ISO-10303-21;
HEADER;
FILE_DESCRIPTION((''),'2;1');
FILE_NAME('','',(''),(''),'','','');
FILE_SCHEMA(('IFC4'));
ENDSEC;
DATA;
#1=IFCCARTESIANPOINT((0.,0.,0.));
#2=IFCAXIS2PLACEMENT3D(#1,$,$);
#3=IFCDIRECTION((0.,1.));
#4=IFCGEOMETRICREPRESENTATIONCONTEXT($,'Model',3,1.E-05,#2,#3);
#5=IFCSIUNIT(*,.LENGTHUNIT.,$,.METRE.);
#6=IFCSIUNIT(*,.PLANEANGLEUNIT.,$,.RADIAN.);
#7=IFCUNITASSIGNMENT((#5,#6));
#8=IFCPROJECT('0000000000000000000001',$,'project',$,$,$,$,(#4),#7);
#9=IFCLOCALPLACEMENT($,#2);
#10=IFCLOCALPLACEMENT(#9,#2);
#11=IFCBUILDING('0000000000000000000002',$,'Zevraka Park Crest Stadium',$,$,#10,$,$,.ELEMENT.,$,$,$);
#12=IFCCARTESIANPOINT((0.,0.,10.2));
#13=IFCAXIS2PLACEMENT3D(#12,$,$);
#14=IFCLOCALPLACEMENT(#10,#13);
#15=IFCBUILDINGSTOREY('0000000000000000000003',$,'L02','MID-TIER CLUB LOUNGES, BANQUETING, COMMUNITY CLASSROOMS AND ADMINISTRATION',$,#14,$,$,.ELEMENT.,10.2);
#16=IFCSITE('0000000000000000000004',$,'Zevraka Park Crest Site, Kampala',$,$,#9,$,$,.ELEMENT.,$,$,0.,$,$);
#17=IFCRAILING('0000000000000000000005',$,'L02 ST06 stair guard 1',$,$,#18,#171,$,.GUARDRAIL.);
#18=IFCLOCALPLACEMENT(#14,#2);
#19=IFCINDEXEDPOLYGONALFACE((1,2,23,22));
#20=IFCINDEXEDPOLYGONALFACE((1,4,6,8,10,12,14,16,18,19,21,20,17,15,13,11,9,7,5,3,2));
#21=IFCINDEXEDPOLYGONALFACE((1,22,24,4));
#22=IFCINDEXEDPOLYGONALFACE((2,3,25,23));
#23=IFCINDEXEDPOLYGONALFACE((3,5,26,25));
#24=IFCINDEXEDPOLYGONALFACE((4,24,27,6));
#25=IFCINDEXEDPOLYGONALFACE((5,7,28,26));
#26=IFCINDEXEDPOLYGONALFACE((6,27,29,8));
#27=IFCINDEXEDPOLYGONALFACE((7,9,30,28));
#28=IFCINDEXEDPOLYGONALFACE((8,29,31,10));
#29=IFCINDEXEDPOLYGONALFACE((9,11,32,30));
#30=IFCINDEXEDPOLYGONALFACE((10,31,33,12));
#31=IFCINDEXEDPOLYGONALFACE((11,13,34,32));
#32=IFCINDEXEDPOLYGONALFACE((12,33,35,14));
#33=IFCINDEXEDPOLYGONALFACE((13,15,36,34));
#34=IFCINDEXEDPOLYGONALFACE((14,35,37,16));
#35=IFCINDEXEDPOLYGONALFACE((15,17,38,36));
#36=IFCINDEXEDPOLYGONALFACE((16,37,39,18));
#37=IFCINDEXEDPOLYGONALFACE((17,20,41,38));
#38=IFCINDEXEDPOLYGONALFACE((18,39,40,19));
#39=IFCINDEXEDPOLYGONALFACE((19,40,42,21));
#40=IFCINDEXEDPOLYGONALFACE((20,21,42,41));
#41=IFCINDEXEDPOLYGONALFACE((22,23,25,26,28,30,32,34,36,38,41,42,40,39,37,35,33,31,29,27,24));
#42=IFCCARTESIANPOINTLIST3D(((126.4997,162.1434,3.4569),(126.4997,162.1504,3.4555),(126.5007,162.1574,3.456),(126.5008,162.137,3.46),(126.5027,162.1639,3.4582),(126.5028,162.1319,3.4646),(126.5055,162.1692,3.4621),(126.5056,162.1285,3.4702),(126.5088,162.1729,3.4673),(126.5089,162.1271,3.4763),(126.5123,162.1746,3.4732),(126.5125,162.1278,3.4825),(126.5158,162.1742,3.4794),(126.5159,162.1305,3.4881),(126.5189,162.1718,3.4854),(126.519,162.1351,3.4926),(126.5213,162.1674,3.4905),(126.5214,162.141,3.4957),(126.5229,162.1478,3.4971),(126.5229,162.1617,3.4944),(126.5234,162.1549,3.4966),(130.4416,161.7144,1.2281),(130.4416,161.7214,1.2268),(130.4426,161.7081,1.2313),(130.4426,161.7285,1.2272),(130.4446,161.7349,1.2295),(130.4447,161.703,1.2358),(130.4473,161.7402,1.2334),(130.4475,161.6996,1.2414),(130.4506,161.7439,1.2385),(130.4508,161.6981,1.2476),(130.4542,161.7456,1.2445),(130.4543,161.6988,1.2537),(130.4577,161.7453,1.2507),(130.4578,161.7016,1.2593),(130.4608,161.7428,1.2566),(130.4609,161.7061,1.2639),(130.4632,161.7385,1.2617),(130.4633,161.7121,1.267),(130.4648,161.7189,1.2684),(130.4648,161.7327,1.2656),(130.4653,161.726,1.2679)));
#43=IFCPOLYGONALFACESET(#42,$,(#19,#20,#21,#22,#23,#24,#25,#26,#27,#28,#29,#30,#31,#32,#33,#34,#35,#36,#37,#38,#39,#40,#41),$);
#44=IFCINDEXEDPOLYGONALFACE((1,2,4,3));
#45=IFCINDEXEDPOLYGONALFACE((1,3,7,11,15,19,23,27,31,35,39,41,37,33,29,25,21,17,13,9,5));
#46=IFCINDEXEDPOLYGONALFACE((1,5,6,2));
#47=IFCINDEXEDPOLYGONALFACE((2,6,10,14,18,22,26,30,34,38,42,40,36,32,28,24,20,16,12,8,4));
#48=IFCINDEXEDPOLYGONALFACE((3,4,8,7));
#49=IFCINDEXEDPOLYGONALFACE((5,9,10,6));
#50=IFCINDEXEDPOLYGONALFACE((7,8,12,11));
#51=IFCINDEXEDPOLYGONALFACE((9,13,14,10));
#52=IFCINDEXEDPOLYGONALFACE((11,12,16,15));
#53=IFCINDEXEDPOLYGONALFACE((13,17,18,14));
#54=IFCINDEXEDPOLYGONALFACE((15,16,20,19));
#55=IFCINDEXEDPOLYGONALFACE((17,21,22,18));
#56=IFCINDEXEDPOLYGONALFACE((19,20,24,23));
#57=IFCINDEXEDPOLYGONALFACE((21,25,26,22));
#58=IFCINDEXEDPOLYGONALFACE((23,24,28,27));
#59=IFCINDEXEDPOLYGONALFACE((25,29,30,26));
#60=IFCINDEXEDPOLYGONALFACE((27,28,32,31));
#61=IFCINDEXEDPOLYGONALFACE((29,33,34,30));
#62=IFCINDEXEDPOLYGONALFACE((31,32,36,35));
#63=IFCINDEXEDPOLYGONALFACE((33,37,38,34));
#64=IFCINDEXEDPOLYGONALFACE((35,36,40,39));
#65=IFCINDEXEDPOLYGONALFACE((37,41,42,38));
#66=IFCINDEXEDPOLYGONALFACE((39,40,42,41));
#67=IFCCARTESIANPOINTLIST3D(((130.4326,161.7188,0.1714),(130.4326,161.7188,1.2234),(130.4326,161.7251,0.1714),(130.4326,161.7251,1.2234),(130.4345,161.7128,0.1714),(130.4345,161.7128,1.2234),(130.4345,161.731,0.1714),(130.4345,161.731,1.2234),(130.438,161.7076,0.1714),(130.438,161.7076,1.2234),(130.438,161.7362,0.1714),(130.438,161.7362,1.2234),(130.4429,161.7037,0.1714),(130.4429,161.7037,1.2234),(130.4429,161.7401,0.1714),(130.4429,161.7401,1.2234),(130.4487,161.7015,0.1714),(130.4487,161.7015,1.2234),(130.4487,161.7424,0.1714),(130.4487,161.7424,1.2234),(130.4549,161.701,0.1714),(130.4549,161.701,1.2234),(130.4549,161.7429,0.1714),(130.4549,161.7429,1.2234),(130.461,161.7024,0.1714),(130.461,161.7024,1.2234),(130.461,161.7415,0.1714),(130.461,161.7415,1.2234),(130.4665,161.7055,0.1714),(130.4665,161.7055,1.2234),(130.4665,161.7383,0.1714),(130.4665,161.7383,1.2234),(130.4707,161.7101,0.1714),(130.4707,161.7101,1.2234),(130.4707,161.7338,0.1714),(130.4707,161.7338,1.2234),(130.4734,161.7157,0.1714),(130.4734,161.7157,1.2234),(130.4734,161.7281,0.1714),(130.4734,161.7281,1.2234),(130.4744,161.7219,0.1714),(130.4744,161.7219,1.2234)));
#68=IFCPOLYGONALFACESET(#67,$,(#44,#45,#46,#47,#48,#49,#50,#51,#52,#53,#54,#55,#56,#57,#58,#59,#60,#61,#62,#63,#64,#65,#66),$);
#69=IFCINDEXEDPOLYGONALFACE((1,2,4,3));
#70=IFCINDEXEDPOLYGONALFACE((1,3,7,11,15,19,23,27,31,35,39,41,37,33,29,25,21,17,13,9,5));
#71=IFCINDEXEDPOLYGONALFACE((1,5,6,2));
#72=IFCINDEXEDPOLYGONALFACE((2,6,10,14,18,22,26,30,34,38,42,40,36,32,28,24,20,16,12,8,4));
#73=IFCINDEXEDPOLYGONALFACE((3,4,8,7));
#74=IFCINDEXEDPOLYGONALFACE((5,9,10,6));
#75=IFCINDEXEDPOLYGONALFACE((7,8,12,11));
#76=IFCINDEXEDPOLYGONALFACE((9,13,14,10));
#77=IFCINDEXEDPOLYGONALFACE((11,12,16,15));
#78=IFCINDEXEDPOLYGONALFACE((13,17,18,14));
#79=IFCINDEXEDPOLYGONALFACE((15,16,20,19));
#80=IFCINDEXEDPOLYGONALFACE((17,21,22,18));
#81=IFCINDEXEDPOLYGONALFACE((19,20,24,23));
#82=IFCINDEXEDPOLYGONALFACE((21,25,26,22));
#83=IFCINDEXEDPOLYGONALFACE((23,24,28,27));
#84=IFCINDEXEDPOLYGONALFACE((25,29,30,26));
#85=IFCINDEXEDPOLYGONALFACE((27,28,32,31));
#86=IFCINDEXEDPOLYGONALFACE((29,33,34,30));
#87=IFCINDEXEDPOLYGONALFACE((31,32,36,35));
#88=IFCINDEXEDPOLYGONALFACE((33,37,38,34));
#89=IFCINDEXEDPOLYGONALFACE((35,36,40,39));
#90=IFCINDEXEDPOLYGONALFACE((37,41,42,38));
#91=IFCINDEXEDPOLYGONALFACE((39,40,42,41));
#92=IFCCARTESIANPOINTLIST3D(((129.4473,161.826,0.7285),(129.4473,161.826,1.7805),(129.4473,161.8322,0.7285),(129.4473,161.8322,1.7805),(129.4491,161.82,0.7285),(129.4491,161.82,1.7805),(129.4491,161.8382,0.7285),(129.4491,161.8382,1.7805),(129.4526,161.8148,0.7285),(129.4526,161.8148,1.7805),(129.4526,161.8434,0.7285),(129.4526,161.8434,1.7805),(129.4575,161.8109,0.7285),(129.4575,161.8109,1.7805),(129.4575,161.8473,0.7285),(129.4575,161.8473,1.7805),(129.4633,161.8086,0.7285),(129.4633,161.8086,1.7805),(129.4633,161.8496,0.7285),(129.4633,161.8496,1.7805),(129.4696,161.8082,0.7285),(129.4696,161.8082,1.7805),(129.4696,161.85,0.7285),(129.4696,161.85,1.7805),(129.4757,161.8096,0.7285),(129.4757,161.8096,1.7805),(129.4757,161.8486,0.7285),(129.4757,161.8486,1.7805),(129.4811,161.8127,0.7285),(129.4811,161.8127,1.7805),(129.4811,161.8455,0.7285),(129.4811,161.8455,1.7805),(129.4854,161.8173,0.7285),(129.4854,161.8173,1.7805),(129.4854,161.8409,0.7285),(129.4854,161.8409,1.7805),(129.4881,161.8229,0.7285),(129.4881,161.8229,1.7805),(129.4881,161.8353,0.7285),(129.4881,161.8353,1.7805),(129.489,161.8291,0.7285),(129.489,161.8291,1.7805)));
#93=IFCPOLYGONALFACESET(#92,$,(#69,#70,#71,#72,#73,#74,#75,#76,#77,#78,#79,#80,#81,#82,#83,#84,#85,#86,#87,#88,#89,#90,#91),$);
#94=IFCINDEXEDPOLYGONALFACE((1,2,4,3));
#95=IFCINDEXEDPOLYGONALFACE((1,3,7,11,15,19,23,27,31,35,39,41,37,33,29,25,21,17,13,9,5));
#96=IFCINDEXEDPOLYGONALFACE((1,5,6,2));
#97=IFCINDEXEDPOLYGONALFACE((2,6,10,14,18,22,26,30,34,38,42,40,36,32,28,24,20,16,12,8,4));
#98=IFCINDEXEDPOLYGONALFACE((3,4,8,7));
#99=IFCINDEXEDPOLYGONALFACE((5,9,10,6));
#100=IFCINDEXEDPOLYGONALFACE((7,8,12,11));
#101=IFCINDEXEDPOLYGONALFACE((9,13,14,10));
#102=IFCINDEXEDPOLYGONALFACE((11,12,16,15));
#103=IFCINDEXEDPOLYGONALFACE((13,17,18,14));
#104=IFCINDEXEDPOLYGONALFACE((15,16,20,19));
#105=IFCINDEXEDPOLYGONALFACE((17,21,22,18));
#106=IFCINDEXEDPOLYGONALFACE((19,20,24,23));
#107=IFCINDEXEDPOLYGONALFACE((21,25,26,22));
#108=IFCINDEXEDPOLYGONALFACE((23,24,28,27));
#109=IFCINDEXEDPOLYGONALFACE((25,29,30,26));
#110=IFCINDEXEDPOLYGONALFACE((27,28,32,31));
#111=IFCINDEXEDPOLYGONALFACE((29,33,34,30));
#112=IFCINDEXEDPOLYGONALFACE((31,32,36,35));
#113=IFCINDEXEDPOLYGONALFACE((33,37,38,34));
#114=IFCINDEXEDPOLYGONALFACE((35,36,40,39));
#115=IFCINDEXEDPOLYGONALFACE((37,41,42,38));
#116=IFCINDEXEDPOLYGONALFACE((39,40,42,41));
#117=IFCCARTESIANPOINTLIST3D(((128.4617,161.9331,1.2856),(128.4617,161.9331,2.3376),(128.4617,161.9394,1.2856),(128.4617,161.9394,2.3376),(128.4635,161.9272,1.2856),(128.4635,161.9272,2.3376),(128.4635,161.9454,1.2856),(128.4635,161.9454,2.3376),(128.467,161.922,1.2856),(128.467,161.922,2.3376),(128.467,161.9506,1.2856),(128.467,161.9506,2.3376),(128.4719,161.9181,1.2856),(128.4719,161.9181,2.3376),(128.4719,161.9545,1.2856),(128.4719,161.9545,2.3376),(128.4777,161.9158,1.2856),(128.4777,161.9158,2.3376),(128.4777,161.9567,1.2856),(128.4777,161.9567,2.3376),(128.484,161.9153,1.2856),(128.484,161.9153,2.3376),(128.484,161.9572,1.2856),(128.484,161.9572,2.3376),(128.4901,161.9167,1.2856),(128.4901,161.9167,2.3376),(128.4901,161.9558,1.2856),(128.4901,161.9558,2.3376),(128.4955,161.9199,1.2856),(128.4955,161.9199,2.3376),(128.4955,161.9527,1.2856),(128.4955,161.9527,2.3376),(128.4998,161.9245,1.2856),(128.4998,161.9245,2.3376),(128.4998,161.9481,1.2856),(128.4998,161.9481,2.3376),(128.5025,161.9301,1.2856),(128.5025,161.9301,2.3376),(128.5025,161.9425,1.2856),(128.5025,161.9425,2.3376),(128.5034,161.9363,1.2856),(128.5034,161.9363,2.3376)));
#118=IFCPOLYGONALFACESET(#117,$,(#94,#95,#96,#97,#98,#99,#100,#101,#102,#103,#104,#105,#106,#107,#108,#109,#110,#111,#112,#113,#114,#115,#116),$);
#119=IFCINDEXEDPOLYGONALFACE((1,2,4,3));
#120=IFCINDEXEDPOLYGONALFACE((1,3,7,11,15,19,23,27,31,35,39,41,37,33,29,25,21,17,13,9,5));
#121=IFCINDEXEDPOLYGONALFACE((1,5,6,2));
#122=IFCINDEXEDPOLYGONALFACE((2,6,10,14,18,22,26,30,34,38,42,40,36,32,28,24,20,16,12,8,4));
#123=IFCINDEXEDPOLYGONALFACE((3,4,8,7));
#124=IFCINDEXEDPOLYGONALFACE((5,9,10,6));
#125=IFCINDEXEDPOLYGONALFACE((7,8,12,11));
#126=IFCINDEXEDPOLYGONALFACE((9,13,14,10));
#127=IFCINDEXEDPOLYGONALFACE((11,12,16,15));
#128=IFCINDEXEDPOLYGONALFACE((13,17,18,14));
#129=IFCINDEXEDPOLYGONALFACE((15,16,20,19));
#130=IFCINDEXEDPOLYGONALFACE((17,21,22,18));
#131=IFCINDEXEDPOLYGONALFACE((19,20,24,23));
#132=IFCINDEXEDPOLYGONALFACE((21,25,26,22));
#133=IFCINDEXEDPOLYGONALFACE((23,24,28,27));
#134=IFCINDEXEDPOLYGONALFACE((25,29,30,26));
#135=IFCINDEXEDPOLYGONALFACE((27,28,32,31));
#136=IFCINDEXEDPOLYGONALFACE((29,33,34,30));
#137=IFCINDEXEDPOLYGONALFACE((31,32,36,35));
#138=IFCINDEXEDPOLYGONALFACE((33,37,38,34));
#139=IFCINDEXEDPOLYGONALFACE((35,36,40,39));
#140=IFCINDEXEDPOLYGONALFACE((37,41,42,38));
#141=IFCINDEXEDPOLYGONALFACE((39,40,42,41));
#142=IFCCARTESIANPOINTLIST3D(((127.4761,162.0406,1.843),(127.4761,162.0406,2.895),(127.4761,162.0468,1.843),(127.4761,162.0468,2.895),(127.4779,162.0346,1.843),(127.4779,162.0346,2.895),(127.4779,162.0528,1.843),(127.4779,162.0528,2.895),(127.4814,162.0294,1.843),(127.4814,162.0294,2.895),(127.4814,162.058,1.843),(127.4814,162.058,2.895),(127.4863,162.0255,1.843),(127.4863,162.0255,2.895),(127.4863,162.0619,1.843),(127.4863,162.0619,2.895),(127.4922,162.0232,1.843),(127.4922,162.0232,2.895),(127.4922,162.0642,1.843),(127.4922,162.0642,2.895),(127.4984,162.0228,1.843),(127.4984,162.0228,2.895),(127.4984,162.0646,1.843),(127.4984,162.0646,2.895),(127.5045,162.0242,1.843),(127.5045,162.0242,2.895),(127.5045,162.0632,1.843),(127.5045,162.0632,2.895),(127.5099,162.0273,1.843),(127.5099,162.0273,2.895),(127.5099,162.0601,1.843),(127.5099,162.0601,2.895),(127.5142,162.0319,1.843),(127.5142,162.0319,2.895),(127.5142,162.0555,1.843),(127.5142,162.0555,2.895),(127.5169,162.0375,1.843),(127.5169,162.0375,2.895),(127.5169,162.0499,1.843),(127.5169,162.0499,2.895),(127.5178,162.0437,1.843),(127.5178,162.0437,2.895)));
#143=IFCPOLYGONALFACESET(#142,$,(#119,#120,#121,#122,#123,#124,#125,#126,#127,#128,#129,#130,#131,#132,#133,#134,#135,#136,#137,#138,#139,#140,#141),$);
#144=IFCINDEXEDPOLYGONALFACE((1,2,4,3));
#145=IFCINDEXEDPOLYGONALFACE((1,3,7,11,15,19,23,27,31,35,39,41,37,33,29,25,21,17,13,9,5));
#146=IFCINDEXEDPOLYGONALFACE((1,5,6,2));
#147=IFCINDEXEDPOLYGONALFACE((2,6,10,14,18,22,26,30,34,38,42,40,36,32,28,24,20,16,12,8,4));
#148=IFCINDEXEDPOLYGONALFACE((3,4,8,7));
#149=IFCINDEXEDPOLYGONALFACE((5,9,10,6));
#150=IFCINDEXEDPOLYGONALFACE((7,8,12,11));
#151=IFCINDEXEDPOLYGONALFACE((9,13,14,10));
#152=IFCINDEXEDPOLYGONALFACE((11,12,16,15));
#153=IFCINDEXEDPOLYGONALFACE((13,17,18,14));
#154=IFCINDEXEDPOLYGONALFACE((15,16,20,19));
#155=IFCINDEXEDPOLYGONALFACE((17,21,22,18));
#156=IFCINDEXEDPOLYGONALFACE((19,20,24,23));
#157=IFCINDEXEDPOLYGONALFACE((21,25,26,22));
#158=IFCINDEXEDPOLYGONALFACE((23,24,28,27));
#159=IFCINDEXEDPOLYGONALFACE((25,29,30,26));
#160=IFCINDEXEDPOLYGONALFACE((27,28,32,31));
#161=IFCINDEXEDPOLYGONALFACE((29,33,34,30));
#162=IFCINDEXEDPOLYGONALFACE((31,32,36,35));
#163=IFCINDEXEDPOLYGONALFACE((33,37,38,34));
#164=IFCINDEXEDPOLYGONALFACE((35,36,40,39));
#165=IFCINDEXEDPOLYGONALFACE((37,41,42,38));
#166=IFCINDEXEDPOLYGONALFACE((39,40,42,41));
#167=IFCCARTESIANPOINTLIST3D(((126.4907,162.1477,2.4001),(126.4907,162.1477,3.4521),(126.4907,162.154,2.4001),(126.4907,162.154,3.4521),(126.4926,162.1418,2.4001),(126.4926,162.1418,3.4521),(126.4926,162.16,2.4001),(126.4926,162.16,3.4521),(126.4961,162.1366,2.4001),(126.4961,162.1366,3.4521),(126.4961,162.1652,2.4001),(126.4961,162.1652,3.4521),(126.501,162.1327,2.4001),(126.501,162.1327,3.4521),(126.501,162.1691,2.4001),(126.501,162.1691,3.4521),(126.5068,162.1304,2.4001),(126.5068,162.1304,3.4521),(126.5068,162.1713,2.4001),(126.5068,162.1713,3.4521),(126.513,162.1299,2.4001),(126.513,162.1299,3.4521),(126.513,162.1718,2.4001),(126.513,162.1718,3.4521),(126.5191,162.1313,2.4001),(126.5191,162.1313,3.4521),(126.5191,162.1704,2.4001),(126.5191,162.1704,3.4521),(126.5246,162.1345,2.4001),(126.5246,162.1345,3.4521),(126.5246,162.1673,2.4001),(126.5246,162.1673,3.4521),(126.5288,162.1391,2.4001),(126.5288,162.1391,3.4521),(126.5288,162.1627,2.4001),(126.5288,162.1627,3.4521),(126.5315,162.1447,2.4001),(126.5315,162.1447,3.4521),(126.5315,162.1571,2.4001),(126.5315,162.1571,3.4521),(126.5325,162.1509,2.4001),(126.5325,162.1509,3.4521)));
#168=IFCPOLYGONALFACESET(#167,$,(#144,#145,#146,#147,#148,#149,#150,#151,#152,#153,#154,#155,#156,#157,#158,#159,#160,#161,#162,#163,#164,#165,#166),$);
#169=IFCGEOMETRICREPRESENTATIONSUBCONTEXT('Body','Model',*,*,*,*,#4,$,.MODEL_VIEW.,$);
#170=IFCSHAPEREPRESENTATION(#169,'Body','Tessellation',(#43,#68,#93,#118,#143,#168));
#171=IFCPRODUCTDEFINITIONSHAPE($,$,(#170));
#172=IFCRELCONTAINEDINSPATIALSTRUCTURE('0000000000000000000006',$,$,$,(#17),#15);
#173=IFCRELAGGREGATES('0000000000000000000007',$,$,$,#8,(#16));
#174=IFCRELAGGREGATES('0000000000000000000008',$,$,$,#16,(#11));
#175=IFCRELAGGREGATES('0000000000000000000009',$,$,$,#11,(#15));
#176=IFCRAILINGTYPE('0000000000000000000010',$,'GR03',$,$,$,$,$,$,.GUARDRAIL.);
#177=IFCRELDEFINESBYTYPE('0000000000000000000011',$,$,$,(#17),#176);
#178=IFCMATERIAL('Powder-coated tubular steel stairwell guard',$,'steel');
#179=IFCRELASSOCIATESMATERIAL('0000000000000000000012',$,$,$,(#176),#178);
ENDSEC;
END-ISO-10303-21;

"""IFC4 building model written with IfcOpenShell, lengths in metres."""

from ifc_helpers import new_model, si_unit, direction, frame, origin, origin_2d, place, context, subcontext, project, spatial, circle, extrude, material, type_object, element, save


model = new_model("IFC4")

# Units and contexts
model_context = context("Model", 3, precision=1e-05, world=origin(), true_north=direction((0.0, 1.0)))
body_context = subcontext(model_context, "Body", "Model", "MODEL_VIEW")
ifc_project = project(units=[si_unit("LENGTHUNIT", "METRE"), si_unit("PLANEANGLEUNIT", "RADIAN")], contexts=[model_context])

# Site, building, storey
site_placement = place(None, origin())
site = spatial("IfcSite", under=ifc_project, at=site_placement, Name="Zevraka Park Crest Site, Kampala", CompositionType="ELEMENT", RefElevation=0.0)
building_placement = place(site_placement, origin())
building = spatial("IfcBuilding", under=site, at=building_placement, Name="Zevraka Park Crest Stadium", CompositionType="ELEMENT")
storey_placement = place(building_placement, frame((0.0, 0.0, 10.2)))
storey = spatial("IfcBuildingStorey", under=building, at=storey_placement, Name="L02", Description="MID-TIER CLUB LOUNGES, BANQUETING, COMMUNITY CLASSROOMS AND ADMINISTRATION", CompositionType="ELEMENT", Elevation=10.2)

# Railing
ifc_material_1 = material(Name="Powder-coated tubular steel stairwell guard", Category="steel")
railing_type_1 = type_object("IfcRailingType", Name="GR03", PredefinedType="GUARDRAIL", material=ifc_material_1)
railing_1_placement = place(storey_placement, frame((130.4534, 161.7219, 0.1714)))
element("IfcRailing", 1, at=railing_1_placement, inside=storey, type_object=railing_type_1, Name="L02 ST06 stair guard 1", PredefinedType="GUARDRAIL", context=body_context, shape_type="SweptSolid", body=[
    extrude(circle(Radius=0.0239, at=origin_2d()), frame((0.0, 0.0, 1.0762), z_axis=(-0.866614, 0.094305, 0.489986), x_axis=(-0.108181, -0.994131, 0.0)), (0.0, 0.0, 1.0), 4.5486),
    extrude(circle(Radius=0.021, at=origin_2d()), origin(), (0.0, 0.0, 1.0), 1.052),
    extrude(circle(Radius=0.021, at=origin_2d()), frame((-0.9854, 0.1072, 0.5571)), (0.0, 0.0, 1.0), 1.052),
    extrude(circle(Radius=0.021, at=origin_2d()), frame((-1.9709, 0.2144, 1.1143)), (0.0, 0.0, 1.0), 1.052),
    extrude(circle(Radius=0.021, at=origin_2d()), frame((-2.9565, 0.3218, 1.6716)), (0.0, 0.0, 1.0), 1.052),
    extrude(circle(Radius=0.021, at=origin_2d()), frame((-3.9419, 0.429, 2.2288)), (0.0, 0.0, 1.0), 1.052),
])

save(model, "model.ifc")
